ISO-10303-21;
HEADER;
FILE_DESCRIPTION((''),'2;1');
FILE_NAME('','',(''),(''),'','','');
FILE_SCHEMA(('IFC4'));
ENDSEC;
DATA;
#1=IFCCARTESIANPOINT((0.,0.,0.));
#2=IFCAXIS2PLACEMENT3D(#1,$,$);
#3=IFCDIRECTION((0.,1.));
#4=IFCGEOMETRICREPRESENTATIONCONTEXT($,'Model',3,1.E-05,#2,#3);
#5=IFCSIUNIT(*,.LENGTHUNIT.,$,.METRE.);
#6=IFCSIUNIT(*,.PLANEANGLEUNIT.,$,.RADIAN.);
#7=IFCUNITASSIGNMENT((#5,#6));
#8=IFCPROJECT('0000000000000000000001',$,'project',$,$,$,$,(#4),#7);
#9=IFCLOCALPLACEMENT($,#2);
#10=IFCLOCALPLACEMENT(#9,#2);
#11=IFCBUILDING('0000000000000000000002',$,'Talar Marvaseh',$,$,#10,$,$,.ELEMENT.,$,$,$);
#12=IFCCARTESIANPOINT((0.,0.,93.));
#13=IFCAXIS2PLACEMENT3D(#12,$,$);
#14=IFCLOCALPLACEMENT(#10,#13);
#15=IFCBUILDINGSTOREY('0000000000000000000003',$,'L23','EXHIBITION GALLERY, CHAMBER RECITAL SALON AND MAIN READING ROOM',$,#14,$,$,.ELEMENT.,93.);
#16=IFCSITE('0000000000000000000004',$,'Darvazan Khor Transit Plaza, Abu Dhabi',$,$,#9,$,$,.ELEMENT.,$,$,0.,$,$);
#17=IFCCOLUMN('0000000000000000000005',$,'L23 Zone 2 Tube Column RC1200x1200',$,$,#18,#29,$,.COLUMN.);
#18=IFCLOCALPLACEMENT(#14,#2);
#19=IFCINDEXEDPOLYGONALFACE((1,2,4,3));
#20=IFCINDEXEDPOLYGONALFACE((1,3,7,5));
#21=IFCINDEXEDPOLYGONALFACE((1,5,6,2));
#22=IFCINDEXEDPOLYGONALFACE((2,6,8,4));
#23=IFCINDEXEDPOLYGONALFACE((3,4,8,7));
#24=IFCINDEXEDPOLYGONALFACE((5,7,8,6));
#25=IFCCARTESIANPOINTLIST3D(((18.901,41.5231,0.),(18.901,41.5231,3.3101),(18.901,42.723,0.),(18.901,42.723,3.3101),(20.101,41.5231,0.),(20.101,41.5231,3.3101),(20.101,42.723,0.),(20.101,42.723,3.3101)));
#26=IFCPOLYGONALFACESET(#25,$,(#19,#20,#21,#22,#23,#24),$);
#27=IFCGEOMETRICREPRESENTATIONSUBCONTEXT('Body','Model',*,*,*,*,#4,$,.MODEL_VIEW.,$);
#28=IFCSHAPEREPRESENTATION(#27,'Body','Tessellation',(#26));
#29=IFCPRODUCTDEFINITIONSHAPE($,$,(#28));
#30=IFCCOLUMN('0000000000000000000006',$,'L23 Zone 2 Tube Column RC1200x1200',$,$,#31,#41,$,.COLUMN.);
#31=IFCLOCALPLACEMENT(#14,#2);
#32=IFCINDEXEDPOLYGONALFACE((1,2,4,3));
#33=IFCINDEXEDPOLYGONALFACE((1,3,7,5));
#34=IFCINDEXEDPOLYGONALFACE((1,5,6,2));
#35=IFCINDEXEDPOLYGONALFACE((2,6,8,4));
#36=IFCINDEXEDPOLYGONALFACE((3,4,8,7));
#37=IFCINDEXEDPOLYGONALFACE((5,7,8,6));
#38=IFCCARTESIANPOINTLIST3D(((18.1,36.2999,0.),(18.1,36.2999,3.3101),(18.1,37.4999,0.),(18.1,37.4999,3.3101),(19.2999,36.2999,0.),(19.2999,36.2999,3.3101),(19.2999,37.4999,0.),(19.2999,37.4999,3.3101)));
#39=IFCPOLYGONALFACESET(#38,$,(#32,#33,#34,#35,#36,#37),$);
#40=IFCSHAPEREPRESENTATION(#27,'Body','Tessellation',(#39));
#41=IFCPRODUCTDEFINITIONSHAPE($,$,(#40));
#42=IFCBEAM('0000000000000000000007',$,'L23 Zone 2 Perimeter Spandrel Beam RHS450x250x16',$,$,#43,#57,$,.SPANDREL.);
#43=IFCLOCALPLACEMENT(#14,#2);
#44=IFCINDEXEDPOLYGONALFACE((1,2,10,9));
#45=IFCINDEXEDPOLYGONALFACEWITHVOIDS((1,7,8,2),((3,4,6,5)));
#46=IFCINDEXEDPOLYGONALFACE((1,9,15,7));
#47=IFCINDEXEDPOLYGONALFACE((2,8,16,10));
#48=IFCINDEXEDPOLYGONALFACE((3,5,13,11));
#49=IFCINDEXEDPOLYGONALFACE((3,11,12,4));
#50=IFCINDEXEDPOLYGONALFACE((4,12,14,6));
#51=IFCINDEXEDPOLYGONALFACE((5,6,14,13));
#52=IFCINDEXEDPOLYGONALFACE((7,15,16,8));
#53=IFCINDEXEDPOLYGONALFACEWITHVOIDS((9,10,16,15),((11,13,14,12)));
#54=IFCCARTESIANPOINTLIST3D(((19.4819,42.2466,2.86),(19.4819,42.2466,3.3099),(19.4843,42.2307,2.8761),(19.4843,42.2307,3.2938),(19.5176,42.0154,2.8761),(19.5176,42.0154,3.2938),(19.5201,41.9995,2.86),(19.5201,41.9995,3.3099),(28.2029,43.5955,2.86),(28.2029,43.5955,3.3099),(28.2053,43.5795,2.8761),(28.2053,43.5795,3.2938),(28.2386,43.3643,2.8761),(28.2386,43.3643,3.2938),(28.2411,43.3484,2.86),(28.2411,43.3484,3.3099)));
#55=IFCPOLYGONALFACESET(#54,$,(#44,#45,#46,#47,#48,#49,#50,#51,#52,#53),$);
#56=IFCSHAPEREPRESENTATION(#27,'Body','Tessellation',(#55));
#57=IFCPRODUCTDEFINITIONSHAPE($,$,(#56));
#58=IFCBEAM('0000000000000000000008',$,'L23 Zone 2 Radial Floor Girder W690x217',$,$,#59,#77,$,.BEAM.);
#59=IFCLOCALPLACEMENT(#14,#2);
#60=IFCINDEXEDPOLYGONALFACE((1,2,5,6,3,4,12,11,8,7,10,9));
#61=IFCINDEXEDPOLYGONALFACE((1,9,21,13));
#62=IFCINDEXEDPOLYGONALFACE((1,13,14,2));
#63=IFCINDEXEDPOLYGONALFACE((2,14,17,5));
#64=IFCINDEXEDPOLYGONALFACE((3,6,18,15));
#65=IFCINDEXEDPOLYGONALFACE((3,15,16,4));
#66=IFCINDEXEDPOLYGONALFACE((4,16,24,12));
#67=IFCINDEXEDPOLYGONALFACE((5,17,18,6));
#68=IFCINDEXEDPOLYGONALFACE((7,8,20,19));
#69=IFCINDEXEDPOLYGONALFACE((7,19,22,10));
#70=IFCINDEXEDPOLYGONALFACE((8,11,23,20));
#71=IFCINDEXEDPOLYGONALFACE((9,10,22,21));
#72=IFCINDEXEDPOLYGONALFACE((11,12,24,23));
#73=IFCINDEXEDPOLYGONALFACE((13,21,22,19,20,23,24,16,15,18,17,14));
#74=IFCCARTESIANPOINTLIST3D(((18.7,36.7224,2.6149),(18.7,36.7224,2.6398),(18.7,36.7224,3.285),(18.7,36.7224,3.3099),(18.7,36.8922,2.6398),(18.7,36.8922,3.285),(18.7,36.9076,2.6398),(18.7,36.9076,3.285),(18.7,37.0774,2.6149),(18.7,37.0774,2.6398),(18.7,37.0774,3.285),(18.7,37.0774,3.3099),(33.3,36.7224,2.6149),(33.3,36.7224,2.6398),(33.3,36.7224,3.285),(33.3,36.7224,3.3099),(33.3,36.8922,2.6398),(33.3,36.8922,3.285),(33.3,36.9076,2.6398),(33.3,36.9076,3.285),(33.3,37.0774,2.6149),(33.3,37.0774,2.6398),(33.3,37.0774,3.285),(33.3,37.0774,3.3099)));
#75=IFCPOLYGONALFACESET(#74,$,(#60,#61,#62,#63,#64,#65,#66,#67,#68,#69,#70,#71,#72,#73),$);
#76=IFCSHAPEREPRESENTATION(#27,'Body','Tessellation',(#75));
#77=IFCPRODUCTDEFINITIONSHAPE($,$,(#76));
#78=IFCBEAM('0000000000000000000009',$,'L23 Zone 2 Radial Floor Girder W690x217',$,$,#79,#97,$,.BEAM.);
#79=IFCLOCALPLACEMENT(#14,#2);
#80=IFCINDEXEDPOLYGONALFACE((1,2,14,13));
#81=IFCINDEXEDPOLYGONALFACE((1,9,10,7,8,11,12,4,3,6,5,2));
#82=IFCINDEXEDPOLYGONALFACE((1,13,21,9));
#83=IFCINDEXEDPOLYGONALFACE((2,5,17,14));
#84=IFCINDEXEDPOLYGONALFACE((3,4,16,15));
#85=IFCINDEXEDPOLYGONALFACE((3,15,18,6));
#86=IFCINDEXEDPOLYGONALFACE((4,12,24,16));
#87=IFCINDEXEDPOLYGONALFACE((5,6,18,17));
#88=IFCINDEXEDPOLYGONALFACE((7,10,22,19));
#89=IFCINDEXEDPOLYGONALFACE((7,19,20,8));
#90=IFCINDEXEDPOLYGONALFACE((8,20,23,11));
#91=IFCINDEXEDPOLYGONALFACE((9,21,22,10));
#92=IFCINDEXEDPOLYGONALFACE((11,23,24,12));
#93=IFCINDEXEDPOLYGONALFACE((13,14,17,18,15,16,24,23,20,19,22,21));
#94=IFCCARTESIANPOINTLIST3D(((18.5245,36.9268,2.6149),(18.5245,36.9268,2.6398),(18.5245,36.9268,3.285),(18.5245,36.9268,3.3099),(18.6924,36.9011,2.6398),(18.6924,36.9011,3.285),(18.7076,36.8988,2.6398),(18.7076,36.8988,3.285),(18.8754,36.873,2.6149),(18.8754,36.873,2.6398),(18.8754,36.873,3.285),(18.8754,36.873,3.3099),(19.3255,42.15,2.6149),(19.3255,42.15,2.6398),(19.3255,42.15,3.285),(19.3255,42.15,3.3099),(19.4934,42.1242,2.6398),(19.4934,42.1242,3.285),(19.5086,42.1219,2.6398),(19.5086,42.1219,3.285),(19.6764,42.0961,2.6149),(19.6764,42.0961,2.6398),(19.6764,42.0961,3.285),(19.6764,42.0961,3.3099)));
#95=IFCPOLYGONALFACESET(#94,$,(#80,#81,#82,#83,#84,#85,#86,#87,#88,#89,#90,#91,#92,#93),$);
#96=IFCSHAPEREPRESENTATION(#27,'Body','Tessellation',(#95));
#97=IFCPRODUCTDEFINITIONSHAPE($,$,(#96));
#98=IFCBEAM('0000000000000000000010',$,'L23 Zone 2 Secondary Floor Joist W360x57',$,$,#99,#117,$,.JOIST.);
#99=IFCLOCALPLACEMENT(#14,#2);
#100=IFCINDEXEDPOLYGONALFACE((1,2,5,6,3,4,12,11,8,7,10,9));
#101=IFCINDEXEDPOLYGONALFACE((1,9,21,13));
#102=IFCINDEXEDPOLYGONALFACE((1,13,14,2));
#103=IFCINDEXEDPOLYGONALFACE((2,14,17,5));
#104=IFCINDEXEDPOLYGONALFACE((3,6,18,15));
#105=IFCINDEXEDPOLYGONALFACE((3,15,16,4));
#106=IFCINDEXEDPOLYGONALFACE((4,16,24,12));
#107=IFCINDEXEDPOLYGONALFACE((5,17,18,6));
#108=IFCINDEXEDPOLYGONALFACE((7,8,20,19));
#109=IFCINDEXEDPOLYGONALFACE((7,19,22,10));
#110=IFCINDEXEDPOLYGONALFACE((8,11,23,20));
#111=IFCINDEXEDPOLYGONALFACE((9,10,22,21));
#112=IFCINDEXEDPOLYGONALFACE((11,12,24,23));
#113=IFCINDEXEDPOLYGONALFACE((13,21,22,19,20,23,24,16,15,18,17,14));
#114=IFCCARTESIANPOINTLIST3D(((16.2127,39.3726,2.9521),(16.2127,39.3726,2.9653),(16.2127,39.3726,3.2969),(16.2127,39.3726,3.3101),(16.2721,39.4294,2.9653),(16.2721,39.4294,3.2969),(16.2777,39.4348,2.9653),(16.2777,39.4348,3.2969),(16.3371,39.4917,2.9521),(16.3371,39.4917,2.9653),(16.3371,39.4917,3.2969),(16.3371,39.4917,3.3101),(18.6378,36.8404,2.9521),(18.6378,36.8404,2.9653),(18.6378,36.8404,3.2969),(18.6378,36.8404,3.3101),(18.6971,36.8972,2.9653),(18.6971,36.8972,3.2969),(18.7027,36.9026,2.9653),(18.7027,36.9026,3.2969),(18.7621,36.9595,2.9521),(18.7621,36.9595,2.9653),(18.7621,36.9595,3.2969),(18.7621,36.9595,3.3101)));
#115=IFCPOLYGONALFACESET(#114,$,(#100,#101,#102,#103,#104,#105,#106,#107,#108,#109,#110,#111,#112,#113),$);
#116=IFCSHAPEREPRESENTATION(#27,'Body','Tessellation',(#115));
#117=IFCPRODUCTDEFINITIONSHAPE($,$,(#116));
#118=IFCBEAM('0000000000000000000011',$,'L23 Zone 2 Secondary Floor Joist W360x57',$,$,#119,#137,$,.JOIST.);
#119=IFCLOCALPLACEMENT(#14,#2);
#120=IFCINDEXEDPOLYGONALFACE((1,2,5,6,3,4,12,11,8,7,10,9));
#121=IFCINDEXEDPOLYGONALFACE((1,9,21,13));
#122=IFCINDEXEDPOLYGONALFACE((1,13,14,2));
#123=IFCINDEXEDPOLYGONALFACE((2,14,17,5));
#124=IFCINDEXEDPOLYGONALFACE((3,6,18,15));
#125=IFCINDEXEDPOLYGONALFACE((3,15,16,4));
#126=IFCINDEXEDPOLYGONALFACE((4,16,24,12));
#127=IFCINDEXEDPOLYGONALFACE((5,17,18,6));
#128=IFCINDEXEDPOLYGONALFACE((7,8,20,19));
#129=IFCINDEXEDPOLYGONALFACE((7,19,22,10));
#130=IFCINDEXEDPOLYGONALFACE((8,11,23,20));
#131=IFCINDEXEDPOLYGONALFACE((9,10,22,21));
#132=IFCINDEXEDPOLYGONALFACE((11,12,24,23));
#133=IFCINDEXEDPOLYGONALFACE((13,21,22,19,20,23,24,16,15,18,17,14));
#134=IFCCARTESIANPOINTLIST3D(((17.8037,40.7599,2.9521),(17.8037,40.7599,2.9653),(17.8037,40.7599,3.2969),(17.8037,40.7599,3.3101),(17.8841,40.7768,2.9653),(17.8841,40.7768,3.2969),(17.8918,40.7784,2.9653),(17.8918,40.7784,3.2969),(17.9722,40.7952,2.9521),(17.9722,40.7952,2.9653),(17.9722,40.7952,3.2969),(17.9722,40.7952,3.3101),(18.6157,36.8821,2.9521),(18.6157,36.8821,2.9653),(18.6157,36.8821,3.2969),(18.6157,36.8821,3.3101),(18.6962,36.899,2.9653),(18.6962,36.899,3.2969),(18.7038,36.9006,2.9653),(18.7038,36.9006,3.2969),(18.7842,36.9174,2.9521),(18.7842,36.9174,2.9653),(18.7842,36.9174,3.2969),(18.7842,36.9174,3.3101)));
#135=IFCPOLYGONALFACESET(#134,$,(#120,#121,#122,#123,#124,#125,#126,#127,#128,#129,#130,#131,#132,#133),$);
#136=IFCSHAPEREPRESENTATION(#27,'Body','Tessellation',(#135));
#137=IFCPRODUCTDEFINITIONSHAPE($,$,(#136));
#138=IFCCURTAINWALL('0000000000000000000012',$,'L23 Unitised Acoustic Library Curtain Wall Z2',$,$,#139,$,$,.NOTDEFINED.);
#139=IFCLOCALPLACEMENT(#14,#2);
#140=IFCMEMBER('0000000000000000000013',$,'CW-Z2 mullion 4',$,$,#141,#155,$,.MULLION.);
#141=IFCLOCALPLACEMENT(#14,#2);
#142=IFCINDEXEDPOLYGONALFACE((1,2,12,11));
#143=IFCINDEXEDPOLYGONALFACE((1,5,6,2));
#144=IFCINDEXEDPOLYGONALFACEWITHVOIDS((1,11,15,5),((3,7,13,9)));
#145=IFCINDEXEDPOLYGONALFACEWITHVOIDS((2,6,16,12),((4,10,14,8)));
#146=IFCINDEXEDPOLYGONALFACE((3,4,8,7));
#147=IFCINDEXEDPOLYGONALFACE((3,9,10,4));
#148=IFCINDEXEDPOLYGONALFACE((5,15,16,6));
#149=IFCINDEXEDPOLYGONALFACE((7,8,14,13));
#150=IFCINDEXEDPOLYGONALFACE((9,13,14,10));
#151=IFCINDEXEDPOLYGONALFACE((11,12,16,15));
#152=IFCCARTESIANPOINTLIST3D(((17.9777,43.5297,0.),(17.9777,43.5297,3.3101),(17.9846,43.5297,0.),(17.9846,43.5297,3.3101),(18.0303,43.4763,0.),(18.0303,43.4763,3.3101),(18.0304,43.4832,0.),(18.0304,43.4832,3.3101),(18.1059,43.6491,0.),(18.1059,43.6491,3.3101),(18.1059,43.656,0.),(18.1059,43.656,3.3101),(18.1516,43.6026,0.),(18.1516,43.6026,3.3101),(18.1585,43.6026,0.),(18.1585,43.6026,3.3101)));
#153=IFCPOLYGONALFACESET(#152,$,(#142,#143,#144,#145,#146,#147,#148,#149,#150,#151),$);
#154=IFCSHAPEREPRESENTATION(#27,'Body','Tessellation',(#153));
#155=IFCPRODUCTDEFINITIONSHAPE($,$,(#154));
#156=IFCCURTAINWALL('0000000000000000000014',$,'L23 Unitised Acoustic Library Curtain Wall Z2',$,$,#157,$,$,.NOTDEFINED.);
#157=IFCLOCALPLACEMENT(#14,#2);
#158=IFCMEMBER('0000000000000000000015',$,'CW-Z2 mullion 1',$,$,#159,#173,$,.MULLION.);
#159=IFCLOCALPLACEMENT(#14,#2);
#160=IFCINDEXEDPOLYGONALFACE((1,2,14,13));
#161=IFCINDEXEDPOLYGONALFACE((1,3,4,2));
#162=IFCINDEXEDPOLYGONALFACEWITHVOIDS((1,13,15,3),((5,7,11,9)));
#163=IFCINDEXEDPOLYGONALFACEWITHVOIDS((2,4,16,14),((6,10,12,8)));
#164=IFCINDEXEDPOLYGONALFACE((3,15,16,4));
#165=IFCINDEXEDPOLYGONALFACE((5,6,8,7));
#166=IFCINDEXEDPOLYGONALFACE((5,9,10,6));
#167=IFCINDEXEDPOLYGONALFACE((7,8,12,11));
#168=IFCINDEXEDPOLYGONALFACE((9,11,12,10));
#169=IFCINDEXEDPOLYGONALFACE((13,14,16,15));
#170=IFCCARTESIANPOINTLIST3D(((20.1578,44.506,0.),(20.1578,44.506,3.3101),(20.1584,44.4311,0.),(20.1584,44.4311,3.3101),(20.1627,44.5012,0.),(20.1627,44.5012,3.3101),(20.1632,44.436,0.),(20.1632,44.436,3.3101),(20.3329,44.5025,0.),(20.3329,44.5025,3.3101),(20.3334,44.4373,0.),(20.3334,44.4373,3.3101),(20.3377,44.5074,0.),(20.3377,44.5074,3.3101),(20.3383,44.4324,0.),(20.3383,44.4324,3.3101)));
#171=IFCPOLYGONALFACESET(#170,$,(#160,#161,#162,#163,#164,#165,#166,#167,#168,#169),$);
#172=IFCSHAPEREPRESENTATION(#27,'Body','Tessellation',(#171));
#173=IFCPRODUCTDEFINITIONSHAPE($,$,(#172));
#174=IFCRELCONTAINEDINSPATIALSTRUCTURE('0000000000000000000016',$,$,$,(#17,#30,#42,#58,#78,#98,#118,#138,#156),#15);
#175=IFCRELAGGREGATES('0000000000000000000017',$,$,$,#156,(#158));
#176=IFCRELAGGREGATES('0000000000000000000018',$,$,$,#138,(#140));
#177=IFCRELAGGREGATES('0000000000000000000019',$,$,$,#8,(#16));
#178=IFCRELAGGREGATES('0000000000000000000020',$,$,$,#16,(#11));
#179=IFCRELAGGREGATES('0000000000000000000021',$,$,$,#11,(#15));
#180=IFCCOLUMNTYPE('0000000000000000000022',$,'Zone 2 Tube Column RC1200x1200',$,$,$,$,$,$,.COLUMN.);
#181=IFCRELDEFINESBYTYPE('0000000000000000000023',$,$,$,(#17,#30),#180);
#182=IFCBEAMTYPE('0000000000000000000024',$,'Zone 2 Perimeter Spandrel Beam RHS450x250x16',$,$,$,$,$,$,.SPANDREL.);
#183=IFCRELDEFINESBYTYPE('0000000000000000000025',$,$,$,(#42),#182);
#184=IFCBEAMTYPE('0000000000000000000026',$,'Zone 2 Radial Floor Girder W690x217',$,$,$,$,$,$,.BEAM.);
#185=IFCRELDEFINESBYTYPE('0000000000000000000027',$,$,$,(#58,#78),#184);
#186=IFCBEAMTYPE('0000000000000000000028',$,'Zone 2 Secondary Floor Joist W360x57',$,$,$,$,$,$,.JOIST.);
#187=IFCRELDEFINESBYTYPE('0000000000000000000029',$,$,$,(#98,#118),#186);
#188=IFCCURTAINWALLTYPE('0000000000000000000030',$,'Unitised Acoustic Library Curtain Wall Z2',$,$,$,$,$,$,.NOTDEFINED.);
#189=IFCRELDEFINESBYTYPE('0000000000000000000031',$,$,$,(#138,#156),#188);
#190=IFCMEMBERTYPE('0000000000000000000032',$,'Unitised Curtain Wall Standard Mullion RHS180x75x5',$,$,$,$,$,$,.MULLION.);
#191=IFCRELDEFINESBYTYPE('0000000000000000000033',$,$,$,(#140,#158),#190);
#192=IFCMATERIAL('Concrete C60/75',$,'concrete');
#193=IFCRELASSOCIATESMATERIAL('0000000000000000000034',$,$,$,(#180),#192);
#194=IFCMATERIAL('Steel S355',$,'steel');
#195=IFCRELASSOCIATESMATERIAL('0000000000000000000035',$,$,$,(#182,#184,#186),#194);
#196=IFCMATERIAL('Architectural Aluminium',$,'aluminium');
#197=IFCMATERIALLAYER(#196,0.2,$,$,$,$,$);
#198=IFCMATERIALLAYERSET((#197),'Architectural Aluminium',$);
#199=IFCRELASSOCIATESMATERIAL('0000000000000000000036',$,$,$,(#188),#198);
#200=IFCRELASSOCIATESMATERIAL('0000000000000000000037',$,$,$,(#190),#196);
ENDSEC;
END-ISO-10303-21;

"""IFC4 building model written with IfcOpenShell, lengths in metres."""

from ifc_helpers import new_model, si_unit, direction, frame, origin, origin_2d, place, context, subcontext, project, spatial, rectangle, hollow_rectangle, i_section, extrude, source, transform, mapped, material, layer, layer_set, material_profile, profile_set, type_object, type_shapes, element, aggregate, save


model = new_model("IFC4")

# Units and contexts
model_context = context("Model", 3, precision=1e-05, world=origin(), true_north=direction((0.0, 1.0)))
body_context = subcontext(model_context, "Body", "Model", "MODEL_VIEW")
ifc_project = project(units=[si_unit("LENGTHUNIT", "METRE"), si_unit("PLANEANGLEUNIT", "RADIAN")], contexts=[model_context])

# Site, building, storey
site_placement = place(None, origin())
site = spatial("IfcSite", under=ifc_project, at=site_placement, Name="Darvazan Khor Transit Plaza, Abu Dhabi", CompositionType="ELEMENT", RefElevation=0.0)
building_placement = place(site_placement, origin())
building = spatial("IfcBuilding", under=site, at=building_placement, Name="Talar Marvaseh", CompositionType="ELEMENT")
storey_placement = place(building_placement, frame((0.0, 0.0, 93.0)))
storey = spatial("IfcBuildingStorey", under=building, at=storey_placement, Name="L23", Description="EXHIBITION GALLERY, CHAMBER RECITAL SALON AND MAIN READING ROOM", CompositionType="ELEMENT", Elevation=93.0)

# Columns
ifc_material_1 = material(Name="Concrete C60/75", Category="concrete")
ifc_material_profile_1 = material_profile(ifc_material_1, rectangle(XDim=1.2, YDim=1.2, at=origin_2d()), Name="RC1200x1200")
ifc_profile_set_1 = profile_set([ifc_material_profile_1], Name="Concrete C60/75")
column_type = type_object("IfcColumnType", Name="Zone 2 Tube Column RC1200x1200", PredefinedType="COLUMN", material=ifc_profile_set_1)
for number, where, z_axis, x_axis, name in (
    (1, (19.501, 42.123, 0.0), (0.0, 0.0, 1.0), (1.0, 0.0, 0.0), "L23 Zone 2 Tube Column RC1200x1200"),
    (2, (18.7, 36.8999, 0.0), (0.0, 0.0, 1.0), (1.0, 0.0, 0.0), "L23 Zone 2 Tube Column RC1200x1200"),
):
    element("IfcColumn", number, at=place(storey_placement, frame(where, z_axis=z_axis, x_axis=x_axis)), inside=storey, type_object=column_type, Name=name, PredefinedType="COLUMN", context=body_context, shape_type="SweptSolid", body=[
        extrude(rectangle(XDim=1.2, YDim=1.2, at=origin_2d()), origin(), (0.0, 0.0, 1.0), 3.3101),
    ])

# Beams
ifc_material_2 = material(Name="Steel S355", Category="steel")
ifc_material_profile_2 = material_profile(ifc_material_2, hollow_rectangle(XDim=0.25, YDim=0.45, WallThickness=0.0161, at=origin_2d()), Name="RHS450x250x16")
ifc_profile_set_2 = profile_set([ifc_material_profile_2], Name="Steel S355")
beam_type_1 = type_object("IfcBeamType", Name="Zone 2 Perimeter Spandrel Beam RHS450x250x16", PredefinedType="SPANDREL", material=ifc_profile_set_2)
beam_1_placement = place(storey_placement, frame((19.501, 42.123, 3.085), z_axis=(0.988249, 0.152853, 0.0), x_axis=(-0.152853, 0.988249, 0.0)))
element("IfcBeam", 3, at=beam_1_placement, inside=storey, type_object=beam_type_1, Name="L23 Zone 2 Perimeter Spandrel Beam RHS450x250x16", PredefinedType="SPANDREL", context=body_context, shape_type="SweptSolid", body=[
    extrude(hollow_rectangle(XDim=0.25, YDim=0.45, WallThickness=0.0161, at=origin_2d()), origin(), (0.0, 0.0, 1.0), 8.8247),
])
ifc_material_profile_3 = material_profile(ifc_material_2, i_section(OverallWidth=0.355, OverallDepth=0.6951, WebThickness=0.0154, FlangeThickness=0.0249, at=origin_2d()), Name="W690x217")
ifc_profile_set_3 = profile_set([ifc_material_profile_3], Name="Steel S355")
beam_type_2 = type_object("IfcBeamType", Name="Zone 2 Radial Floor Girder W690x217", PredefinedType="BEAM", material=ifc_profile_set_3)
beam_2_placement = place(storey_placement, frame((18.7, 36.8999, 2.9624), z_axis=(1.0, 0.0, 0.0), x_axis=(0.0, 1.0, 0.0)))
element("IfcBeam", 4, at=beam_2_placement, inside=storey, type_object=beam_type_2, Name="L23 Zone 2 Radial Floor Girder W690x217", PredefinedType="BEAM", context=body_context, shape_type="SweptSolid", body=[
    extrude(i_section(OverallWidth=0.355, OverallDepth=0.6951, WebThickness=0.0154, FlangeThickness=0.0249, at=origin_2d()), origin(), (0.0, 0.0, 1.0), 14.6001),
])
beam_3_placement = place(storey_placement, frame((19.501, 42.123, 2.9624), z_axis=(-0.151588, -0.988444, 0.0), x_axis=(0.988444, -0.151588, 0.0)))
element("IfcBeam", 5, at=beam_3_placement, inside=storey, type_object=beam_type_2, Name="L23 Zone 2 Radial Floor Girder W690x217", PredefinedType="BEAM", context=body_context, shape_type="SweptSolid", body=[
    extrude(i_section(OverallWidth=0.355, OverallDepth=0.6951, WebThickness=0.0154, FlangeThickness=0.0249, at=origin_2d()), origin(), (0.0, 0.0, 1.0), 5.2842),
])
ifc_material_profile_4 = material_profile(ifc_material_2, i_section(OverallWidth=0.1721, OverallDepth=0.3579, WebThickness=0.0078, FlangeThickness=0.0132, at=origin_2d()), Name="W360x57")
ifc_profile_set_4 = profile_set([ifc_material_profile_4], Name="Steel S355")
beam_type_3 = type_object("IfcBeamType", Name="Zone 2 Secondary Floor Joist W360x57", PredefinedType="JOIST", material=ifc_profile_set_4)
beam_4_placement = place(storey_placement, frame((16.2749, 39.4321, 3.1311), z_axis=(0.691657, -0.722226, 0.0), x_axis=(0.722226, 0.691657, 0.0)))
element("IfcBeam", 6, at=beam_4_placement, inside=storey, type_object=beam_type_3, Name="L23 Zone 2 Secondary Floor Joist W360x57", PredefinedType="JOIST", context=body_context, shape_type="SweptSolid", body=[
    extrude(i_section(OverallWidth=0.1721, OverallDepth=0.3579, WebThickness=0.0078, FlangeThickness=0.0132, at=origin_2d()), origin(), (0.0, 0.0, 1.0), 3.5061),
])
beam_5_placement = place(storey_placement, frame((17.8879, 40.7776, 3.1311), z_axis=(0.204961, -0.97877, 0.0), x_axis=(0.97877, 0.204961, 0.0)))
element("IfcBeam", 7, at=beam_5_placement, inside=storey, type_object=beam_type_3, Name="L23 Zone 2 Secondary Floor Joist W360x57", PredefinedType="JOIST", context=body_context, shape_type="SweptSolid", body=[
    extrude(i_section(OverallWidth=0.1721, OverallDepth=0.3579, WebThickness=0.0078, FlangeThickness=0.0132, at=origin_2d()), origin(), (0.0, 0.0, 1.0), 3.9619),
])

# Curtain wall, member
ifc_material_3 = material(Name="Architectural Aluminium", Category="aluminium")
ifc_layer_1 = layer(ifc_material_3, 0.2)
ifc_layer_set_1 = layer_set([ifc_layer_1], Name="Architectural Aluminium")
curtain_wall_type = type_object("IfcCurtainWallType", Name="Unitised Acoustic Library Curtain Wall Z2", PredefinedType="NOTDEFINED", material=ifc_layer_set_1)
curtain_wall_1_placement = place(storey_placement, origin())
curtain_wall_1 = element("IfcCurtainWall", 8, at=curtain_wall_1_placement, inside=storey, type_object=curtain_wall_type, Name="L23 Unitised Acoustic Library Curtain Wall Z2", PredefinedType="NOTDEFINED")
ifc_material_profile_5 = material_profile(ifc_material_3, hollow_rectangle(XDim=0.075, YDim=0.1799, WallThickness=0.0049, at=origin_2d()), Name="RHS180x75x5")
ifc_profile_set_5 = profile_set([ifc_material_profile_5], Name="Architectural Aluminium")
member_type_1 = type_object("IfcMemberType", Name="Unitised Curtain Wall Standard Mullion RHS180x75x5", PredefinedType="MULLION", material=ifc_profile_set_5)
shared_shape_1 = source(origin(), body_context, "Body", "SweptSolid", [
    extrude(hollow_rectangle(XDim=0.075, YDim=0.1799, WallThickness=0.0049, at=origin_2d()), origin(), (0.0, 0.0, 1.0), 3.3101),
])
type_shapes(member_type_1, [shared_shape_1])
member_1_placement = place(storey_placement, frame((18.0681, 43.5662, 0.0), z_axis=(0.0, 0.0, 1.0), x_axis=(-0.701755, 0.712418, 0.0)))
member_1 = element("IfcMember", 9, at=member_1_placement, type_object=member_type_1, Name="CW-Z2 mullion 4", PredefinedType="MULLION", context=body_context, shape_type="MappedRepresentation", body=[
    mapped(shared_shape_1, transform((0.0, 0.0, 0.0), x_axis=(1.0, 0.0, 0.0), y_axis=(0.0, 1.0, 0.0), z_axis=(0.0, 0.0, 1.0), scale=1.0)),
])

# Curtain wall, member
curtain_wall_2_placement = place(storey_placement, origin())
curtain_wall_2 = element("IfcCurtainWall", 10, at=curtain_wall_2_placement, inside=storey, type_object=curtain_wall_type, Name="L23 Unitised Acoustic Library Curtain Wall Z2", PredefinedType="NOTDEFINED")
member_2_placement = place(storey_placement, frame((20.248, 44.4692, 0.0), z_axis=(0.0, 0.0, 1.0), x_axis=(-0.007544, 0.999972, 0.0)))
member_2 = element("IfcMember", 11, at=member_2_placement, type_object=member_type_1, Name="CW-Z2 mullion 1", PredefinedType="MULLION", context=body_context, shape_type="MappedRepresentation", body=[
    mapped(shared_shape_1, transform((0.0, 0.0, 0.0), x_axis=(1.0, 0.0, 0.0), y_axis=(0.0, 1.0, 0.0), z_axis=(0.0, 0.0, 1.0), scale=1.0)),
])
aggregate(curtain_wall_2, [member_2])

aggregate(curtain_wall_1, [member_1])

save(model, "model.ifc")
